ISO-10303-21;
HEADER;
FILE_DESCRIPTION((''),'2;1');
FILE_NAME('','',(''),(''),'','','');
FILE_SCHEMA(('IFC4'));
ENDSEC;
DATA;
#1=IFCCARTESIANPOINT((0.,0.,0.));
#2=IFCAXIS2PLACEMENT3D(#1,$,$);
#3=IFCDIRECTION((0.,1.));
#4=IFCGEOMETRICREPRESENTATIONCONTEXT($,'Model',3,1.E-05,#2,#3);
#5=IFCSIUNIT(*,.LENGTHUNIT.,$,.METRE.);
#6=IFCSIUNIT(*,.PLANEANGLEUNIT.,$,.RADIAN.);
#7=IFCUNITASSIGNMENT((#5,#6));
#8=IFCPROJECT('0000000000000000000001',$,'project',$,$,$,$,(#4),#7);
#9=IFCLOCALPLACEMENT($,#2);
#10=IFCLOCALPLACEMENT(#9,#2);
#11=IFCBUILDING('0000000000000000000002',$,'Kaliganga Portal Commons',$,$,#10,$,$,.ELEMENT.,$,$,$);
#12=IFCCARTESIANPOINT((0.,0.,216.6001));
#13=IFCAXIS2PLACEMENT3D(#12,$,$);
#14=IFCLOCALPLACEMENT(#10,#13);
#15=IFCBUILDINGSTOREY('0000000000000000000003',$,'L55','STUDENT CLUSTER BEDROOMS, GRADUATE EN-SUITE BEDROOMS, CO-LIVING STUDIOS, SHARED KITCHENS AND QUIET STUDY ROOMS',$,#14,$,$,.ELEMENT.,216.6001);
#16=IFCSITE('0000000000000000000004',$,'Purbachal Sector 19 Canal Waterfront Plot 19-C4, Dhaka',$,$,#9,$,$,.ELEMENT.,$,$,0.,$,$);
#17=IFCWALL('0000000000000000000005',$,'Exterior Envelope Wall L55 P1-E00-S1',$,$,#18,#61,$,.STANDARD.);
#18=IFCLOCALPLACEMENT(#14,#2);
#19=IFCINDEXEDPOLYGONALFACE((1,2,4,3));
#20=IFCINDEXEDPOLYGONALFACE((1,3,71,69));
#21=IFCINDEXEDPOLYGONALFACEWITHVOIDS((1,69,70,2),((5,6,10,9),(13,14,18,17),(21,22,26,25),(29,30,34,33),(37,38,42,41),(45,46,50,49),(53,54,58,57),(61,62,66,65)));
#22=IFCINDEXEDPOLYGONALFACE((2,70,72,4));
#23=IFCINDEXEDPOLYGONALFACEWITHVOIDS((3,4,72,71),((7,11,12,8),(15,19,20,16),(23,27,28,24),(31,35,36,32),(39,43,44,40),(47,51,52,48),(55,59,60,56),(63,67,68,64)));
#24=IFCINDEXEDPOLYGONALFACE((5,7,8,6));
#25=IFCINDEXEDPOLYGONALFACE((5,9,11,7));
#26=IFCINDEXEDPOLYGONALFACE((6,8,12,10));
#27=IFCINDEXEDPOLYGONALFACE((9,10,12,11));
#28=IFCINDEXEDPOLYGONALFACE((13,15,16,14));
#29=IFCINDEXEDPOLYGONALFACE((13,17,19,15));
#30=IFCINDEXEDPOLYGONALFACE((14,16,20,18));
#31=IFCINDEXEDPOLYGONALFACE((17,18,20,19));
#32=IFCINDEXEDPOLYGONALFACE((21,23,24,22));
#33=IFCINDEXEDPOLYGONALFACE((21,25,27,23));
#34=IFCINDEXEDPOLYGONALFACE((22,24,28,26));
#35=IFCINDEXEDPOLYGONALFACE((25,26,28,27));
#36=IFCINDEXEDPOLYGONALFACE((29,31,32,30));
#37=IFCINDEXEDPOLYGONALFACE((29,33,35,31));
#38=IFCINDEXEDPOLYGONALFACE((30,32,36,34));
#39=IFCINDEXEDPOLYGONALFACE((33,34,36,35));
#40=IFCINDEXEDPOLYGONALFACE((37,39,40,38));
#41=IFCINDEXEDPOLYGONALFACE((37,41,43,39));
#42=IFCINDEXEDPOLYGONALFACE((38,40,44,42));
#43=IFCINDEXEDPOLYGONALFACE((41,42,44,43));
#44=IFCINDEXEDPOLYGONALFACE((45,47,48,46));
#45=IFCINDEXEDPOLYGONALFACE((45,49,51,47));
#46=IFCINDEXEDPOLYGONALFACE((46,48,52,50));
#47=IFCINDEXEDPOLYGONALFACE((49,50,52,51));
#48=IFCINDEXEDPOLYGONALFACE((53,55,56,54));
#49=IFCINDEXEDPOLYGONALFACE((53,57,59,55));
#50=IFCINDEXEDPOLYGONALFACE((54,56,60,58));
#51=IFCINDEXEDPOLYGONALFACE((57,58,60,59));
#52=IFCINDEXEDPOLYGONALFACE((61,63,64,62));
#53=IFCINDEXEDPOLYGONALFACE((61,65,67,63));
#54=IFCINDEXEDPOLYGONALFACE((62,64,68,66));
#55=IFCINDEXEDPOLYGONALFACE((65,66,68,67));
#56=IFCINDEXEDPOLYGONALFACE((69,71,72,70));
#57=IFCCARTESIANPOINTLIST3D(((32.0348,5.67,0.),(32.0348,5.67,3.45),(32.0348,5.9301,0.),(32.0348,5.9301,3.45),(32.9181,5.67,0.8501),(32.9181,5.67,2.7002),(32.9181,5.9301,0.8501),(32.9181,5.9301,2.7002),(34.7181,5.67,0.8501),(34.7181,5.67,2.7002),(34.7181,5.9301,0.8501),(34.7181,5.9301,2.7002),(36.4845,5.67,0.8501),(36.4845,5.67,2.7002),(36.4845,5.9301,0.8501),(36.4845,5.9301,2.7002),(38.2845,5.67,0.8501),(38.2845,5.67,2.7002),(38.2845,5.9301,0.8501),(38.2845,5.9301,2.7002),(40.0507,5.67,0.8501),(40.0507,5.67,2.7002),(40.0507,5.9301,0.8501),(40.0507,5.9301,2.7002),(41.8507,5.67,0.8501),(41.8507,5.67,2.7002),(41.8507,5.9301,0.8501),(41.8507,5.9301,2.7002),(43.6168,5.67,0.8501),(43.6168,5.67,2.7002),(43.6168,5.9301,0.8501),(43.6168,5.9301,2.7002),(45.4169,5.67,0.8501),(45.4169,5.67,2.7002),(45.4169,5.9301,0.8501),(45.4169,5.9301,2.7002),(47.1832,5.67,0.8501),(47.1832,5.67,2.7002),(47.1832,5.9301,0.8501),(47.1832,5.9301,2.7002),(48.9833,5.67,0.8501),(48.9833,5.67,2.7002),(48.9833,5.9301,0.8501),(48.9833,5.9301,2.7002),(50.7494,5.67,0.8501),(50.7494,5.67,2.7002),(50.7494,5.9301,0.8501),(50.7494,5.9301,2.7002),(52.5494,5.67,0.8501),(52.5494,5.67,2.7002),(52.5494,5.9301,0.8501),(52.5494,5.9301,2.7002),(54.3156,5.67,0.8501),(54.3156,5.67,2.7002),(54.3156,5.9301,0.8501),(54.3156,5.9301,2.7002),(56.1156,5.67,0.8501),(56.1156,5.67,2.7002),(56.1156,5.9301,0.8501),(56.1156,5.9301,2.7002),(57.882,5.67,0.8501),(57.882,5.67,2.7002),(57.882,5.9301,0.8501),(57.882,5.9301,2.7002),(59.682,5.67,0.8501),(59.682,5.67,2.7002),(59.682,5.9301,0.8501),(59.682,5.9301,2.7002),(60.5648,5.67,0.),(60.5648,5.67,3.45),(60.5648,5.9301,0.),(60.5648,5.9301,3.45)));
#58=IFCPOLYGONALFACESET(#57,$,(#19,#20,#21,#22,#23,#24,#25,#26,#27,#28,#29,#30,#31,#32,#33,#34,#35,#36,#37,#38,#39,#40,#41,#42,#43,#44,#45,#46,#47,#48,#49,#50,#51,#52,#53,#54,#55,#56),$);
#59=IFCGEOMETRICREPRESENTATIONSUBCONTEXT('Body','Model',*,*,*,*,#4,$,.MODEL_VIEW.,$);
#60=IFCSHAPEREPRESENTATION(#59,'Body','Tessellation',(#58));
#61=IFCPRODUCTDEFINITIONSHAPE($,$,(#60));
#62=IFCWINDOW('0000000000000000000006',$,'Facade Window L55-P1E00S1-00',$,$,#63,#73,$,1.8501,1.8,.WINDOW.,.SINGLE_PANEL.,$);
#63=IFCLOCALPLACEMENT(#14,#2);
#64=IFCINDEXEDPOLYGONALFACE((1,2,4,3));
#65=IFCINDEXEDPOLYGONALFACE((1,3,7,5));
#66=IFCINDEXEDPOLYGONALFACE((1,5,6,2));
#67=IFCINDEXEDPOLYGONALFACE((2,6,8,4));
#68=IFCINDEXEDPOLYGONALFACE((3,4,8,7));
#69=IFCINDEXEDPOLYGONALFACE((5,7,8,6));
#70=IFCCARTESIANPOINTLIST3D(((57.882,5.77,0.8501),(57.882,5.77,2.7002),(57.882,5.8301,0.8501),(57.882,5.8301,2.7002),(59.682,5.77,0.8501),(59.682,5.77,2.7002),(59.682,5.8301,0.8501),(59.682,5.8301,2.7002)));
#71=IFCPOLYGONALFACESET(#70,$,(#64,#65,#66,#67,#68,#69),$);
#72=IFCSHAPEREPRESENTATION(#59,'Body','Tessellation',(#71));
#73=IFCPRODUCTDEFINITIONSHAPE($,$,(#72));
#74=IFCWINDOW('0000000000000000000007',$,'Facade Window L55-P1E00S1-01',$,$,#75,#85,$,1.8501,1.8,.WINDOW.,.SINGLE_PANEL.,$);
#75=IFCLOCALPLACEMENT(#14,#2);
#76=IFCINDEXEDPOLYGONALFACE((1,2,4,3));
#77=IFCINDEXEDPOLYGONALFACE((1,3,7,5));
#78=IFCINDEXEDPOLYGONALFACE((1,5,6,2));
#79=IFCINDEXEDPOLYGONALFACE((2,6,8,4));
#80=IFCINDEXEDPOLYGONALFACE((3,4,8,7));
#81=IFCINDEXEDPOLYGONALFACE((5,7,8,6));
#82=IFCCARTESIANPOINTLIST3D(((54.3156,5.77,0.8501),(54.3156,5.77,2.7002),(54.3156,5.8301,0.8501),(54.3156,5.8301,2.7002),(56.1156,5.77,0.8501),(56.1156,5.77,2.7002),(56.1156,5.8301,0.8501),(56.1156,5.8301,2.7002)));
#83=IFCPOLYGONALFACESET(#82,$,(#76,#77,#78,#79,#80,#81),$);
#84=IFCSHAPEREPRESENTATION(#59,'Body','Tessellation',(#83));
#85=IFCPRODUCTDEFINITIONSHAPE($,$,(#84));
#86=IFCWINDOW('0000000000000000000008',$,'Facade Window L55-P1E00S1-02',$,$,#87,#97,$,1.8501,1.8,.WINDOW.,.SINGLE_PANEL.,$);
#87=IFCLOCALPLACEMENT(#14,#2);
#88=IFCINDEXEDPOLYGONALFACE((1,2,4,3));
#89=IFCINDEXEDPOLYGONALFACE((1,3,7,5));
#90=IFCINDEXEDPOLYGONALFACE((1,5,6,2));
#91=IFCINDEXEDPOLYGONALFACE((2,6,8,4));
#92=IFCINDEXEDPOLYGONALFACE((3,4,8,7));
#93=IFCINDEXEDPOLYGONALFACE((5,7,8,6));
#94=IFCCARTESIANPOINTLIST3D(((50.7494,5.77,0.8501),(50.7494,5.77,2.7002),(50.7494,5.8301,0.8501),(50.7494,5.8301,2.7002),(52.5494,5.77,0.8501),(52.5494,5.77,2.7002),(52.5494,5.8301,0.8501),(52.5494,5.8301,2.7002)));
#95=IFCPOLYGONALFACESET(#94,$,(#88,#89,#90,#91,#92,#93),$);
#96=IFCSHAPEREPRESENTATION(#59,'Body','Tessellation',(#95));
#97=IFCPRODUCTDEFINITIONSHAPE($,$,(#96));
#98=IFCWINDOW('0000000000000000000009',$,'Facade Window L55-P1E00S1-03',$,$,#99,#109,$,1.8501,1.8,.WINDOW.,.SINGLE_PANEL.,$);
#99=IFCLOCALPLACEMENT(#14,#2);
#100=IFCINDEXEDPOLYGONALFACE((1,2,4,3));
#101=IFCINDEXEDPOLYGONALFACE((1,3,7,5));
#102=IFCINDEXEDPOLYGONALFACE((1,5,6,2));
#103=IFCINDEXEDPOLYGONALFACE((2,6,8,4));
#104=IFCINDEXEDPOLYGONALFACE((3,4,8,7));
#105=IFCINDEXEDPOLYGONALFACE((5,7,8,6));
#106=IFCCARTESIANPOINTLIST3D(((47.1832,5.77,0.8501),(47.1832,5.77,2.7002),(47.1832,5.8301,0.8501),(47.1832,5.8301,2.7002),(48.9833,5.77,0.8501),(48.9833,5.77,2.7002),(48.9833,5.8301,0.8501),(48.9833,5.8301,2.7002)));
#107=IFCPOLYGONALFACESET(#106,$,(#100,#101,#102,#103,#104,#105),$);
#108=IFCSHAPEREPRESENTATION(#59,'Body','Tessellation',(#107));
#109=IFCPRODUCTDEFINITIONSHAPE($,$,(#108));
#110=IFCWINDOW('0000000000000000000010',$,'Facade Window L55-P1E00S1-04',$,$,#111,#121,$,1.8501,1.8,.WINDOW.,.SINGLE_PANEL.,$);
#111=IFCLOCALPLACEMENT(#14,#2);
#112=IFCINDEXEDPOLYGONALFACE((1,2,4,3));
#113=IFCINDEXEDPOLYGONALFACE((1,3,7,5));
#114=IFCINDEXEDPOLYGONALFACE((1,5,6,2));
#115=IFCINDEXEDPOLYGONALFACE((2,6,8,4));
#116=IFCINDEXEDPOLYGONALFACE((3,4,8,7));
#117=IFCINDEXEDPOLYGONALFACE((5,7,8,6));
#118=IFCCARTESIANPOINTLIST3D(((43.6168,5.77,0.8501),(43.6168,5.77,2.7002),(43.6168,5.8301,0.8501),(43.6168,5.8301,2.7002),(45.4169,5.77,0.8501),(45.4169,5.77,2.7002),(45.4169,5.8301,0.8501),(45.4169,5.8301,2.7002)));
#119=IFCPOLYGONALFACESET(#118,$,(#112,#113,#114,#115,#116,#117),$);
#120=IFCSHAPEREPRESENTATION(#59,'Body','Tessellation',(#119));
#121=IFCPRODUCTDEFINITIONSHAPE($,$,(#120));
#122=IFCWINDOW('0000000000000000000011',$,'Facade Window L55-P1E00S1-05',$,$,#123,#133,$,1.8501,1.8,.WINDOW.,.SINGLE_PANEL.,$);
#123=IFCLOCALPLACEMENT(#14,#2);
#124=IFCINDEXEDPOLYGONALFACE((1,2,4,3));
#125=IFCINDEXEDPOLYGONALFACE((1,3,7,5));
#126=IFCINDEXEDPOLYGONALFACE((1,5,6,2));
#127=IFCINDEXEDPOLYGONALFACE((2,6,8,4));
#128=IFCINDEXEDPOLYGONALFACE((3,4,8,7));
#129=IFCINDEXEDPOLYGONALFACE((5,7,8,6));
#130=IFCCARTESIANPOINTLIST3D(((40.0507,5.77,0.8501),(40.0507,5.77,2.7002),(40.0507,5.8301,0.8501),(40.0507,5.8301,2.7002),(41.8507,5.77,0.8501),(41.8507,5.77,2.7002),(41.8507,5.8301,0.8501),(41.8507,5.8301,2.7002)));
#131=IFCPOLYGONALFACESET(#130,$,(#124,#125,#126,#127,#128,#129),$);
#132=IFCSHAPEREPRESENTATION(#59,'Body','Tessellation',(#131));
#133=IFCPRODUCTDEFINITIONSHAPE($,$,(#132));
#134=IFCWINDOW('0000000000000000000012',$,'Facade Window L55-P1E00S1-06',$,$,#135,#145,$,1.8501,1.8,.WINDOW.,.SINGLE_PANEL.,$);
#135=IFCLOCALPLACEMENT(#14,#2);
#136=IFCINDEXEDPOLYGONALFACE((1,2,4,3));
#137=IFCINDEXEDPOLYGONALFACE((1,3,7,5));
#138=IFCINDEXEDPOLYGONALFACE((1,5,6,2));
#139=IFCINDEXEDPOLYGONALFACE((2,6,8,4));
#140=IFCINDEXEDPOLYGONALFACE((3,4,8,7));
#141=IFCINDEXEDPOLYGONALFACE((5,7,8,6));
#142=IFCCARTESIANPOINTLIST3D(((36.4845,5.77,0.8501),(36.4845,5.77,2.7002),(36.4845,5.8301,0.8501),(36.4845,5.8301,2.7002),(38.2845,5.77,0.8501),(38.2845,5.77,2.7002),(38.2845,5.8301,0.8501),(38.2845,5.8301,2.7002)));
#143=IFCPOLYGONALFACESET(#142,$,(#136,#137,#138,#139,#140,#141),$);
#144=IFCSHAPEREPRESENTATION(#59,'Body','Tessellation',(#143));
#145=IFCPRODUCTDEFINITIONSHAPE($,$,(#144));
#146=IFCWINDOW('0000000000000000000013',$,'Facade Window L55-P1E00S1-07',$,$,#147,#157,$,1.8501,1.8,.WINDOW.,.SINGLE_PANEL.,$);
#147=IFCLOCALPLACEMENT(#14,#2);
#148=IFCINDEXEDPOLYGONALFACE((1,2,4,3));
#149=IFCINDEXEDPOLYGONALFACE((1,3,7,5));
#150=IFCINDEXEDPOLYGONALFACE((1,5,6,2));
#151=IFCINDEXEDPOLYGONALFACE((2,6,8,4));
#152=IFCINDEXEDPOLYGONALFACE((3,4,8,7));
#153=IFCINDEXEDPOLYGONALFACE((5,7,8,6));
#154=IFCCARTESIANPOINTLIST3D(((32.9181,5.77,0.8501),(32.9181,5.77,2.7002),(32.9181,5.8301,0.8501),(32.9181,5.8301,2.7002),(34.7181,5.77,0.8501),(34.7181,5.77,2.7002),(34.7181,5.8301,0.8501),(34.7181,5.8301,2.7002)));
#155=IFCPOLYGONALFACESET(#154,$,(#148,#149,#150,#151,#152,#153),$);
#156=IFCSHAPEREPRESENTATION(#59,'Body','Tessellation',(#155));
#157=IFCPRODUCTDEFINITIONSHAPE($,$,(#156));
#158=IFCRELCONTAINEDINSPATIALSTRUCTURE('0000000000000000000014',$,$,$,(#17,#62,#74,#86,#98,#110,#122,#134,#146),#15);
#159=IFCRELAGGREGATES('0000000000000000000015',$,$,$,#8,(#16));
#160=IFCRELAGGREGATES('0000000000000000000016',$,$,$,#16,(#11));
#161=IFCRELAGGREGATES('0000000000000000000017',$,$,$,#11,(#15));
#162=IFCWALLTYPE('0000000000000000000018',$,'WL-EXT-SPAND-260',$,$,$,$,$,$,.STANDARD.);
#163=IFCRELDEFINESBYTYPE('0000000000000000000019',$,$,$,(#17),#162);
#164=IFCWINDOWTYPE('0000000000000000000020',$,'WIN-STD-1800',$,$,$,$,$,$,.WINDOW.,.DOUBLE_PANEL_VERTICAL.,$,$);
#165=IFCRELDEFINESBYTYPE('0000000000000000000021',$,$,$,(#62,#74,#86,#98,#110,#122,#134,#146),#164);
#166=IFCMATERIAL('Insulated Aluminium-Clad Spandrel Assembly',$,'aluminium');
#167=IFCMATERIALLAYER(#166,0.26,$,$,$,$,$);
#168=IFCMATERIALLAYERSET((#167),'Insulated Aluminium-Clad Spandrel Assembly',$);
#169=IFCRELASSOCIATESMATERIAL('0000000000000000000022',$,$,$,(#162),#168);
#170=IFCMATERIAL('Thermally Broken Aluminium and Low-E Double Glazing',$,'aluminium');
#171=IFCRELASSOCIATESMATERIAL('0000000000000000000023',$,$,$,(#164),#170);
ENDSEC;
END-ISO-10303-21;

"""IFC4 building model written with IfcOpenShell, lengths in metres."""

from ifc_helpers import new_model, si_unit, direction, frame, frame_2d, origin, place, context, subcontext, project, spatial, rectangle, extrude, material, layer, layer_set, type_object, element, fill, save


model = new_model("IFC4")

# Units and contexts
model_context = context("Model", 3, precision=1e-05, world=origin(), true_north=direction((0.0, 1.0)))
body_context = subcontext(model_context, "Body", "Model", "MODEL_VIEW")
ifc_project = project(units=[si_unit("LENGTHUNIT", "METRE"), si_unit("PLANEANGLEUNIT", "RADIAN")], contexts=[model_context])

# Site, building, storey
site_placement = place(None, origin())
site = spatial("IfcSite", under=ifc_project, at=site_placement, Name="Purbachal Sector 19 Canal Waterfront Plot 19-C4, Dhaka", CompositionType="ELEMENT", RefElevation=0.0)
building_placement = place(site_placement, origin())
building = spatial("IfcBuilding", under=site, at=building_placement, Name="Kaliganga Portal Commons", CompositionType="ELEMENT")
storey_placement = place(building_placement, frame((0.0, 0.0, 216.6001)))
storey = spatial("IfcBuildingStorey", under=building, at=storey_placement, Name="L55", Description="STUDENT CLUSTER BEDROOMS, GRADUATE EN-SUITE BEDROOMS, CO-LIVING STUDIOS, SHARED KITCHENS AND QUIET STUDY ROOMS", CompositionType="ELEMENT", Elevation=216.6001)

# Wall, openings, windows
ifc_material_1 = material(Name="Insulated Aluminium-Clad Spandrel Assembly", Category="aluminium")
ifc_layer_1 = layer(ifc_material_1, 0.26)
ifc_layer_set_1 = layer_set([ifc_layer_1], Name="Insulated Aluminium-Clad Spandrel Assembly")
wall_type_1 = type_object("IfcWallType", Name="WL-EXT-SPAND-260", PredefinedType="STANDARD", material=ifc_layer_set_1)
wall_1_placement = place(storey_placement, frame((60.5649, 5.8, 0.0), z_axis=(0.0, 0.0, 1.0), x_axis=(-1.0, 0.0, 0.0)))
wall_1 = element("IfcWall", 1, at=wall_1_placement, inside=storey, type_object=wall_type_1, Name="Exterior Envelope Wall L55 P1-E00-S1", PredefinedType="STANDARD", context=body_context, shape_type="SweptSolid", body=[
    extrude(rectangle(XDim=28.53, YDim=0.26, at=frame_2d((14.2651, 0.0))), origin(), (0.0, 0.0, 1.0), 3.45),
])
opening_1_placement = place(wall_1_placement, frame((0.8831, 0.0, 0.8501)))
opening_1 = element("IfcOpeningElement", 2, at=opening_1_placement, cuts=wall_1, PredefinedType="OPENING", context=body_context, shape_type="SweptSolid", body=[
    extrude(rectangle(XDim=1.8, YDim=1.8501, at=frame_2d((0.8999, 0.925))), frame((0.0, 0.1401, 0.0), z_axis=(0.0, -1.0, 0.0), x_axis=(1.0, 0.0, 0.0)), (0.0, 0.0, 1.0), 0.28),
])
opening_2_placement = place(wall_1_placement, frame((4.4495, 0.0, 0.8501)))
opening_2 = element("IfcOpeningElement", 3, at=opening_2_placement, cuts=wall_1, PredefinedType="OPENING", context=body_context, shape_type="SweptSolid", body=[
    extrude(rectangle(XDim=1.8, YDim=1.8501, at=frame_2d((0.8999, 0.925))), frame((0.0, 0.1401, 0.0), z_axis=(0.0, -1.0, 0.0), x_axis=(1.0, 0.0, 0.0)), (0.0, 0.0, 1.0), 0.28),
])
opening_3_placement = place(wall_1_placement, frame((8.0156, 0.0, 0.8501)))
opening_3 = element("IfcOpeningElement", 4, at=opening_3_placement, cuts=wall_1, PredefinedType="OPENING", context=body_context, shape_type="SweptSolid", body=[
    extrude(rectangle(XDim=1.8, YDim=1.8501, at=frame_2d((0.8999, 0.925))), frame((0.0, 0.1401, 0.0), z_axis=(0.0, -1.0, 0.0), x_axis=(1.0, 0.0, 0.0)), (0.0, 0.0, 1.0), 0.28),
])
opening_4_placement = place(wall_1_placement, frame((11.5818, 0.0, 0.8501)))
opening_4 = element("IfcOpeningElement", 5, at=opening_4_placement, cuts=wall_1, PredefinedType="OPENING", context=body_context, shape_type="SweptSolid", body=[
    extrude(rectangle(XDim=1.8, YDim=1.8501, at=frame_2d((0.8999, 0.925))), frame((0.0, 0.1401, 0.0), z_axis=(0.0, -1.0, 0.0), x_axis=(1.0, 0.0, 0.0)), (0.0, 0.0, 1.0), 0.28),
])
opening_5_placement = place(wall_1_placement, frame((15.1482, 0.0, 0.8501)))
opening_5 = element("IfcOpeningElement", 6, at=opening_5_placement, cuts=wall_1, PredefinedType="OPENING", context=body_context, shape_type="SweptSolid", body=[
    extrude(rectangle(XDim=1.8, YDim=1.8501, at=frame_2d((0.8999, 0.925))), frame((0.0, 0.1401, 0.0), z_axis=(0.0, -1.0, 0.0), x_axis=(1.0, 0.0, 0.0)), (0.0, 0.0, 1.0), 0.28),
])
opening_6_placement = place(wall_1_placement, frame((18.7144, 0.0, 0.8501)))
opening_6 = element("IfcOpeningElement", 7, at=opening_6_placement, cuts=wall_1, PredefinedType="OPENING", context=body_context, shape_type="SweptSolid", body=[
    extrude(rectangle(XDim=1.8, YDim=1.8501, at=frame_2d((0.8999, 0.925))), frame((0.0, 0.1401, 0.0), z_axis=(0.0, -1.0, 0.0), x_axis=(1.0, 0.0, 0.0)), (0.0, 0.0, 1.0), 0.28),
])
opening_7_placement = place(wall_1_placement, frame((22.2805, 0.0, 0.8501)))
opening_7 = element("IfcOpeningElement", 8, at=opening_7_placement, cuts=wall_1, PredefinedType="OPENING", context=body_context, shape_type="SweptSolid", body=[
    extrude(rectangle(XDim=1.8, YDim=1.8501, at=frame_2d((0.8999, 0.925))), frame((0.0, 0.1401, 0.0), z_axis=(0.0, -1.0, 0.0), x_axis=(1.0, 0.0, 0.0)), (0.0, 0.0, 1.0), 0.28),
])
opening_8_placement = place(wall_1_placement, frame((25.8469, 0.0, 0.8501)))
opening_8 = element("IfcOpeningElement", 9, at=opening_8_placement, cuts=wall_1, PredefinedType="OPENING", context=body_context, shape_type="SweptSolid", body=[
    extrude(rectangle(XDim=1.8, YDim=1.8501, at=frame_2d((0.8999, 0.925))), frame((0.0, 0.1401, 0.0), z_axis=(0.0, -1.0, 0.0), x_axis=(1.0, 0.0, 0.0)), (0.0, 0.0, 1.0), 0.28),
])
ifc_material_2 = material(Name="Thermally Broken Aluminium and Low-E Double Glazing", Category="aluminium")
window_type = type_object("IfcWindowType", Name="WIN-STD-1800", PartitioningType="DOUBLE_PANEL_VERTICAL", PredefinedType="WINDOW", material=ifc_material_2)
window_1_placement = place(opening_1_placement, origin())
window_1 = element("IfcWindow", 10, at=window_1_placement, inside=storey, type_object=window_type, Name="Facade Window L55-P1E00S1-00", OverallHeight=1.8501, OverallWidth=1.8, PartitioningType="SINGLE_PANEL", PredefinedType="WINDOW", context=body_context, shape_type="SweptSolid", body=[
    extrude(rectangle(XDim=1.8, YDim=1.8501, at=frame_2d((0.8999, 0.925))), frame((0.0, 0.03, 0.0), z_axis=(0.0, -1.0, 0.0), x_axis=(1.0, 0.0, 0.0)), (0.0, 0.0, 1.0), 0.0601),
])
fill(opening_1, window_1)
window_2_placement = place(opening_2_placement, origin())
window_2 = element("IfcWindow", 11, at=window_2_placement, inside=storey, type_object=window_type, Name="Facade Window L55-P1E00S1-01", OverallHeight=1.8501, OverallWidth=1.8, PartitioningType="SINGLE_PANEL", PredefinedType="WINDOW", context=body_context, shape_type="SweptSolid", body=[
    extrude(rectangle(XDim=1.8, YDim=1.8501, at=frame_2d((0.8999, 0.925))), frame((0.0, 0.03, 0.0), z_axis=(0.0, -1.0, 0.0), x_axis=(1.0, 0.0, 0.0)), (0.0, 0.0, 1.0), 0.0601),
])
fill(opening_2, window_2)
window_3_placement = place(opening_3_placement, origin())
window_3 = element("IfcWindow", 12, at=window_3_placement, inside=storey, type_object=window_type, Name="Facade Window L55-P1E00S1-02", OverallHeight=1.8501, OverallWidth=1.8, PartitioningType="SINGLE_PANEL", PredefinedType="WINDOW", context=body_context, shape_type="SweptSolid", body=[
    extrude(rectangle(XDim=1.8, YDim=1.8501, at=frame_2d((0.8999, 0.925))), frame((0.0, 0.03, 0.0), z_axis=(0.0, -1.0, 0.0), x_axis=(1.0, 0.0, 0.0)), (0.0, 0.0, 1.0), 0.0601),
])
fill(opening_3, window_3)
window_4_placement = place(opening_4_placement, origin())
window_4 = element("IfcWindow", 13, at=window_4_placement, inside=storey, type_object=window_type, Name="Facade Window L55-P1E00S1-03", OverallHeight=1.8501, OverallWidth=1.8, PartitioningType="SINGLE_PANEL", PredefinedType="WINDOW", context=body_context, shape_type="SweptSolid", body=[
    extrude(rectangle(XDim=1.8, YDim=1.8501, at=frame_2d((0.8999, 0.925))), frame((0.0, 0.03, 0.0), z_axis=(0.0, -1.0, 0.0), x_axis=(1.0, 0.0, 0.0)), (0.0, 0.0, 1.0), 0.0601),
])
fill(opening_4, window_4)
window_5_placement = place(opening_5_placement, origin())
window_5 = element("IfcWindow", 14, at=window_5_placement, inside=storey, type_object=window_type, Name="Facade Window L55-P1E00S1-04", OverallHeight=1.8501, OverallWidth=1.8, PartitioningType="SINGLE_PANEL", PredefinedType="WINDOW", context=body_context, shape_type="SweptSolid", body=[
    extrude(rectangle(XDim=1.8, YDim=1.8501, at=frame_2d((0.8999, 0.925))), frame((0.0, 0.03, 0.0), z_axis=(0.0, -1.0, 0.0), x_axis=(1.0, 0.0, 0.0)), (0.0, 0.0, 1.0), 0.0601),
])
fill(opening_5, window_5)
window_6_placement = place(opening_6_placement, origin())
window_6 = element("IfcWindow", 15, at=window_6_placement, inside=storey, type_object=window_type, Name="Facade Window L55-P1E00S1-05", OverallHeight=1.8501, OverallWidth=1.8, PartitioningType="SINGLE_PANEL", PredefinedType="WINDOW", context=body_context, shape_type="SweptSolid", body=[
    extrude(rectangle(XDim=1.8, YDim=1.8501, at=frame_2d((0.8999, 0.925))), frame((0.0, 0.03, 0.0), z_axis=(0.0, -1.0, 0.0), x_axis=(1.0, 0.0, 0.0)), (0.0, 0.0, 1.0), 0.0601),
])
fill(opening_6, window_6)
window_7_placement = place(opening_7_placement, origin())
window_7 = element("IfcWindow", 16, at=window_7_placement, inside=storey, type_object=window_type, Name="Facade Window L55-P1E00S1-06", OverallHeight=1.8501, OverallWidth=1.8, PartitioningType="SINGLE_PANEL", PredefinedType="WINDOW", context=body_context, shape_type="SweptSolid", body=[
    extrude(rectangle(XDim=1.8, YDim=1.8501, at=frame_2d((0.8999, 0.925))), frame((0.0, 0.03, 0.0), z_axis=(0.0, -1.0, 0.0), x_axis=(1.0, 0.0, 0.0)), (0.0, 0.0, 1.0), 0.0601),
])
fill(opening_7, window_7)
window_8_placement = place(opening_8_placement, origin())
window_8 = element("IfcWindow", 17, at=window_8_placement, inside=storey, type_object=window_type, Name="Facade Window L55-P1E00S1-07", OverallHeight=1.8501, OverallWidth=1.8, PartitioningType="SINGLE_PANEL", PredefinedType="WINDOW", context=body_context, shape_type="SweptSolid", body=[
    extrude(rectangle(XDim=1.8, YDim=1.8501, at=frame_2d((0.8999, 0.925))), frame((0.0, 0.03, 0.0), z_axis=(0.0, -1.0, 0.0), x_axis=(1.0, 0.0, 0.0)), (0.0, 0.0, 1.0), 0.0601),
])
fill(opening_8, window_8)

save(model, "model.ifc")
